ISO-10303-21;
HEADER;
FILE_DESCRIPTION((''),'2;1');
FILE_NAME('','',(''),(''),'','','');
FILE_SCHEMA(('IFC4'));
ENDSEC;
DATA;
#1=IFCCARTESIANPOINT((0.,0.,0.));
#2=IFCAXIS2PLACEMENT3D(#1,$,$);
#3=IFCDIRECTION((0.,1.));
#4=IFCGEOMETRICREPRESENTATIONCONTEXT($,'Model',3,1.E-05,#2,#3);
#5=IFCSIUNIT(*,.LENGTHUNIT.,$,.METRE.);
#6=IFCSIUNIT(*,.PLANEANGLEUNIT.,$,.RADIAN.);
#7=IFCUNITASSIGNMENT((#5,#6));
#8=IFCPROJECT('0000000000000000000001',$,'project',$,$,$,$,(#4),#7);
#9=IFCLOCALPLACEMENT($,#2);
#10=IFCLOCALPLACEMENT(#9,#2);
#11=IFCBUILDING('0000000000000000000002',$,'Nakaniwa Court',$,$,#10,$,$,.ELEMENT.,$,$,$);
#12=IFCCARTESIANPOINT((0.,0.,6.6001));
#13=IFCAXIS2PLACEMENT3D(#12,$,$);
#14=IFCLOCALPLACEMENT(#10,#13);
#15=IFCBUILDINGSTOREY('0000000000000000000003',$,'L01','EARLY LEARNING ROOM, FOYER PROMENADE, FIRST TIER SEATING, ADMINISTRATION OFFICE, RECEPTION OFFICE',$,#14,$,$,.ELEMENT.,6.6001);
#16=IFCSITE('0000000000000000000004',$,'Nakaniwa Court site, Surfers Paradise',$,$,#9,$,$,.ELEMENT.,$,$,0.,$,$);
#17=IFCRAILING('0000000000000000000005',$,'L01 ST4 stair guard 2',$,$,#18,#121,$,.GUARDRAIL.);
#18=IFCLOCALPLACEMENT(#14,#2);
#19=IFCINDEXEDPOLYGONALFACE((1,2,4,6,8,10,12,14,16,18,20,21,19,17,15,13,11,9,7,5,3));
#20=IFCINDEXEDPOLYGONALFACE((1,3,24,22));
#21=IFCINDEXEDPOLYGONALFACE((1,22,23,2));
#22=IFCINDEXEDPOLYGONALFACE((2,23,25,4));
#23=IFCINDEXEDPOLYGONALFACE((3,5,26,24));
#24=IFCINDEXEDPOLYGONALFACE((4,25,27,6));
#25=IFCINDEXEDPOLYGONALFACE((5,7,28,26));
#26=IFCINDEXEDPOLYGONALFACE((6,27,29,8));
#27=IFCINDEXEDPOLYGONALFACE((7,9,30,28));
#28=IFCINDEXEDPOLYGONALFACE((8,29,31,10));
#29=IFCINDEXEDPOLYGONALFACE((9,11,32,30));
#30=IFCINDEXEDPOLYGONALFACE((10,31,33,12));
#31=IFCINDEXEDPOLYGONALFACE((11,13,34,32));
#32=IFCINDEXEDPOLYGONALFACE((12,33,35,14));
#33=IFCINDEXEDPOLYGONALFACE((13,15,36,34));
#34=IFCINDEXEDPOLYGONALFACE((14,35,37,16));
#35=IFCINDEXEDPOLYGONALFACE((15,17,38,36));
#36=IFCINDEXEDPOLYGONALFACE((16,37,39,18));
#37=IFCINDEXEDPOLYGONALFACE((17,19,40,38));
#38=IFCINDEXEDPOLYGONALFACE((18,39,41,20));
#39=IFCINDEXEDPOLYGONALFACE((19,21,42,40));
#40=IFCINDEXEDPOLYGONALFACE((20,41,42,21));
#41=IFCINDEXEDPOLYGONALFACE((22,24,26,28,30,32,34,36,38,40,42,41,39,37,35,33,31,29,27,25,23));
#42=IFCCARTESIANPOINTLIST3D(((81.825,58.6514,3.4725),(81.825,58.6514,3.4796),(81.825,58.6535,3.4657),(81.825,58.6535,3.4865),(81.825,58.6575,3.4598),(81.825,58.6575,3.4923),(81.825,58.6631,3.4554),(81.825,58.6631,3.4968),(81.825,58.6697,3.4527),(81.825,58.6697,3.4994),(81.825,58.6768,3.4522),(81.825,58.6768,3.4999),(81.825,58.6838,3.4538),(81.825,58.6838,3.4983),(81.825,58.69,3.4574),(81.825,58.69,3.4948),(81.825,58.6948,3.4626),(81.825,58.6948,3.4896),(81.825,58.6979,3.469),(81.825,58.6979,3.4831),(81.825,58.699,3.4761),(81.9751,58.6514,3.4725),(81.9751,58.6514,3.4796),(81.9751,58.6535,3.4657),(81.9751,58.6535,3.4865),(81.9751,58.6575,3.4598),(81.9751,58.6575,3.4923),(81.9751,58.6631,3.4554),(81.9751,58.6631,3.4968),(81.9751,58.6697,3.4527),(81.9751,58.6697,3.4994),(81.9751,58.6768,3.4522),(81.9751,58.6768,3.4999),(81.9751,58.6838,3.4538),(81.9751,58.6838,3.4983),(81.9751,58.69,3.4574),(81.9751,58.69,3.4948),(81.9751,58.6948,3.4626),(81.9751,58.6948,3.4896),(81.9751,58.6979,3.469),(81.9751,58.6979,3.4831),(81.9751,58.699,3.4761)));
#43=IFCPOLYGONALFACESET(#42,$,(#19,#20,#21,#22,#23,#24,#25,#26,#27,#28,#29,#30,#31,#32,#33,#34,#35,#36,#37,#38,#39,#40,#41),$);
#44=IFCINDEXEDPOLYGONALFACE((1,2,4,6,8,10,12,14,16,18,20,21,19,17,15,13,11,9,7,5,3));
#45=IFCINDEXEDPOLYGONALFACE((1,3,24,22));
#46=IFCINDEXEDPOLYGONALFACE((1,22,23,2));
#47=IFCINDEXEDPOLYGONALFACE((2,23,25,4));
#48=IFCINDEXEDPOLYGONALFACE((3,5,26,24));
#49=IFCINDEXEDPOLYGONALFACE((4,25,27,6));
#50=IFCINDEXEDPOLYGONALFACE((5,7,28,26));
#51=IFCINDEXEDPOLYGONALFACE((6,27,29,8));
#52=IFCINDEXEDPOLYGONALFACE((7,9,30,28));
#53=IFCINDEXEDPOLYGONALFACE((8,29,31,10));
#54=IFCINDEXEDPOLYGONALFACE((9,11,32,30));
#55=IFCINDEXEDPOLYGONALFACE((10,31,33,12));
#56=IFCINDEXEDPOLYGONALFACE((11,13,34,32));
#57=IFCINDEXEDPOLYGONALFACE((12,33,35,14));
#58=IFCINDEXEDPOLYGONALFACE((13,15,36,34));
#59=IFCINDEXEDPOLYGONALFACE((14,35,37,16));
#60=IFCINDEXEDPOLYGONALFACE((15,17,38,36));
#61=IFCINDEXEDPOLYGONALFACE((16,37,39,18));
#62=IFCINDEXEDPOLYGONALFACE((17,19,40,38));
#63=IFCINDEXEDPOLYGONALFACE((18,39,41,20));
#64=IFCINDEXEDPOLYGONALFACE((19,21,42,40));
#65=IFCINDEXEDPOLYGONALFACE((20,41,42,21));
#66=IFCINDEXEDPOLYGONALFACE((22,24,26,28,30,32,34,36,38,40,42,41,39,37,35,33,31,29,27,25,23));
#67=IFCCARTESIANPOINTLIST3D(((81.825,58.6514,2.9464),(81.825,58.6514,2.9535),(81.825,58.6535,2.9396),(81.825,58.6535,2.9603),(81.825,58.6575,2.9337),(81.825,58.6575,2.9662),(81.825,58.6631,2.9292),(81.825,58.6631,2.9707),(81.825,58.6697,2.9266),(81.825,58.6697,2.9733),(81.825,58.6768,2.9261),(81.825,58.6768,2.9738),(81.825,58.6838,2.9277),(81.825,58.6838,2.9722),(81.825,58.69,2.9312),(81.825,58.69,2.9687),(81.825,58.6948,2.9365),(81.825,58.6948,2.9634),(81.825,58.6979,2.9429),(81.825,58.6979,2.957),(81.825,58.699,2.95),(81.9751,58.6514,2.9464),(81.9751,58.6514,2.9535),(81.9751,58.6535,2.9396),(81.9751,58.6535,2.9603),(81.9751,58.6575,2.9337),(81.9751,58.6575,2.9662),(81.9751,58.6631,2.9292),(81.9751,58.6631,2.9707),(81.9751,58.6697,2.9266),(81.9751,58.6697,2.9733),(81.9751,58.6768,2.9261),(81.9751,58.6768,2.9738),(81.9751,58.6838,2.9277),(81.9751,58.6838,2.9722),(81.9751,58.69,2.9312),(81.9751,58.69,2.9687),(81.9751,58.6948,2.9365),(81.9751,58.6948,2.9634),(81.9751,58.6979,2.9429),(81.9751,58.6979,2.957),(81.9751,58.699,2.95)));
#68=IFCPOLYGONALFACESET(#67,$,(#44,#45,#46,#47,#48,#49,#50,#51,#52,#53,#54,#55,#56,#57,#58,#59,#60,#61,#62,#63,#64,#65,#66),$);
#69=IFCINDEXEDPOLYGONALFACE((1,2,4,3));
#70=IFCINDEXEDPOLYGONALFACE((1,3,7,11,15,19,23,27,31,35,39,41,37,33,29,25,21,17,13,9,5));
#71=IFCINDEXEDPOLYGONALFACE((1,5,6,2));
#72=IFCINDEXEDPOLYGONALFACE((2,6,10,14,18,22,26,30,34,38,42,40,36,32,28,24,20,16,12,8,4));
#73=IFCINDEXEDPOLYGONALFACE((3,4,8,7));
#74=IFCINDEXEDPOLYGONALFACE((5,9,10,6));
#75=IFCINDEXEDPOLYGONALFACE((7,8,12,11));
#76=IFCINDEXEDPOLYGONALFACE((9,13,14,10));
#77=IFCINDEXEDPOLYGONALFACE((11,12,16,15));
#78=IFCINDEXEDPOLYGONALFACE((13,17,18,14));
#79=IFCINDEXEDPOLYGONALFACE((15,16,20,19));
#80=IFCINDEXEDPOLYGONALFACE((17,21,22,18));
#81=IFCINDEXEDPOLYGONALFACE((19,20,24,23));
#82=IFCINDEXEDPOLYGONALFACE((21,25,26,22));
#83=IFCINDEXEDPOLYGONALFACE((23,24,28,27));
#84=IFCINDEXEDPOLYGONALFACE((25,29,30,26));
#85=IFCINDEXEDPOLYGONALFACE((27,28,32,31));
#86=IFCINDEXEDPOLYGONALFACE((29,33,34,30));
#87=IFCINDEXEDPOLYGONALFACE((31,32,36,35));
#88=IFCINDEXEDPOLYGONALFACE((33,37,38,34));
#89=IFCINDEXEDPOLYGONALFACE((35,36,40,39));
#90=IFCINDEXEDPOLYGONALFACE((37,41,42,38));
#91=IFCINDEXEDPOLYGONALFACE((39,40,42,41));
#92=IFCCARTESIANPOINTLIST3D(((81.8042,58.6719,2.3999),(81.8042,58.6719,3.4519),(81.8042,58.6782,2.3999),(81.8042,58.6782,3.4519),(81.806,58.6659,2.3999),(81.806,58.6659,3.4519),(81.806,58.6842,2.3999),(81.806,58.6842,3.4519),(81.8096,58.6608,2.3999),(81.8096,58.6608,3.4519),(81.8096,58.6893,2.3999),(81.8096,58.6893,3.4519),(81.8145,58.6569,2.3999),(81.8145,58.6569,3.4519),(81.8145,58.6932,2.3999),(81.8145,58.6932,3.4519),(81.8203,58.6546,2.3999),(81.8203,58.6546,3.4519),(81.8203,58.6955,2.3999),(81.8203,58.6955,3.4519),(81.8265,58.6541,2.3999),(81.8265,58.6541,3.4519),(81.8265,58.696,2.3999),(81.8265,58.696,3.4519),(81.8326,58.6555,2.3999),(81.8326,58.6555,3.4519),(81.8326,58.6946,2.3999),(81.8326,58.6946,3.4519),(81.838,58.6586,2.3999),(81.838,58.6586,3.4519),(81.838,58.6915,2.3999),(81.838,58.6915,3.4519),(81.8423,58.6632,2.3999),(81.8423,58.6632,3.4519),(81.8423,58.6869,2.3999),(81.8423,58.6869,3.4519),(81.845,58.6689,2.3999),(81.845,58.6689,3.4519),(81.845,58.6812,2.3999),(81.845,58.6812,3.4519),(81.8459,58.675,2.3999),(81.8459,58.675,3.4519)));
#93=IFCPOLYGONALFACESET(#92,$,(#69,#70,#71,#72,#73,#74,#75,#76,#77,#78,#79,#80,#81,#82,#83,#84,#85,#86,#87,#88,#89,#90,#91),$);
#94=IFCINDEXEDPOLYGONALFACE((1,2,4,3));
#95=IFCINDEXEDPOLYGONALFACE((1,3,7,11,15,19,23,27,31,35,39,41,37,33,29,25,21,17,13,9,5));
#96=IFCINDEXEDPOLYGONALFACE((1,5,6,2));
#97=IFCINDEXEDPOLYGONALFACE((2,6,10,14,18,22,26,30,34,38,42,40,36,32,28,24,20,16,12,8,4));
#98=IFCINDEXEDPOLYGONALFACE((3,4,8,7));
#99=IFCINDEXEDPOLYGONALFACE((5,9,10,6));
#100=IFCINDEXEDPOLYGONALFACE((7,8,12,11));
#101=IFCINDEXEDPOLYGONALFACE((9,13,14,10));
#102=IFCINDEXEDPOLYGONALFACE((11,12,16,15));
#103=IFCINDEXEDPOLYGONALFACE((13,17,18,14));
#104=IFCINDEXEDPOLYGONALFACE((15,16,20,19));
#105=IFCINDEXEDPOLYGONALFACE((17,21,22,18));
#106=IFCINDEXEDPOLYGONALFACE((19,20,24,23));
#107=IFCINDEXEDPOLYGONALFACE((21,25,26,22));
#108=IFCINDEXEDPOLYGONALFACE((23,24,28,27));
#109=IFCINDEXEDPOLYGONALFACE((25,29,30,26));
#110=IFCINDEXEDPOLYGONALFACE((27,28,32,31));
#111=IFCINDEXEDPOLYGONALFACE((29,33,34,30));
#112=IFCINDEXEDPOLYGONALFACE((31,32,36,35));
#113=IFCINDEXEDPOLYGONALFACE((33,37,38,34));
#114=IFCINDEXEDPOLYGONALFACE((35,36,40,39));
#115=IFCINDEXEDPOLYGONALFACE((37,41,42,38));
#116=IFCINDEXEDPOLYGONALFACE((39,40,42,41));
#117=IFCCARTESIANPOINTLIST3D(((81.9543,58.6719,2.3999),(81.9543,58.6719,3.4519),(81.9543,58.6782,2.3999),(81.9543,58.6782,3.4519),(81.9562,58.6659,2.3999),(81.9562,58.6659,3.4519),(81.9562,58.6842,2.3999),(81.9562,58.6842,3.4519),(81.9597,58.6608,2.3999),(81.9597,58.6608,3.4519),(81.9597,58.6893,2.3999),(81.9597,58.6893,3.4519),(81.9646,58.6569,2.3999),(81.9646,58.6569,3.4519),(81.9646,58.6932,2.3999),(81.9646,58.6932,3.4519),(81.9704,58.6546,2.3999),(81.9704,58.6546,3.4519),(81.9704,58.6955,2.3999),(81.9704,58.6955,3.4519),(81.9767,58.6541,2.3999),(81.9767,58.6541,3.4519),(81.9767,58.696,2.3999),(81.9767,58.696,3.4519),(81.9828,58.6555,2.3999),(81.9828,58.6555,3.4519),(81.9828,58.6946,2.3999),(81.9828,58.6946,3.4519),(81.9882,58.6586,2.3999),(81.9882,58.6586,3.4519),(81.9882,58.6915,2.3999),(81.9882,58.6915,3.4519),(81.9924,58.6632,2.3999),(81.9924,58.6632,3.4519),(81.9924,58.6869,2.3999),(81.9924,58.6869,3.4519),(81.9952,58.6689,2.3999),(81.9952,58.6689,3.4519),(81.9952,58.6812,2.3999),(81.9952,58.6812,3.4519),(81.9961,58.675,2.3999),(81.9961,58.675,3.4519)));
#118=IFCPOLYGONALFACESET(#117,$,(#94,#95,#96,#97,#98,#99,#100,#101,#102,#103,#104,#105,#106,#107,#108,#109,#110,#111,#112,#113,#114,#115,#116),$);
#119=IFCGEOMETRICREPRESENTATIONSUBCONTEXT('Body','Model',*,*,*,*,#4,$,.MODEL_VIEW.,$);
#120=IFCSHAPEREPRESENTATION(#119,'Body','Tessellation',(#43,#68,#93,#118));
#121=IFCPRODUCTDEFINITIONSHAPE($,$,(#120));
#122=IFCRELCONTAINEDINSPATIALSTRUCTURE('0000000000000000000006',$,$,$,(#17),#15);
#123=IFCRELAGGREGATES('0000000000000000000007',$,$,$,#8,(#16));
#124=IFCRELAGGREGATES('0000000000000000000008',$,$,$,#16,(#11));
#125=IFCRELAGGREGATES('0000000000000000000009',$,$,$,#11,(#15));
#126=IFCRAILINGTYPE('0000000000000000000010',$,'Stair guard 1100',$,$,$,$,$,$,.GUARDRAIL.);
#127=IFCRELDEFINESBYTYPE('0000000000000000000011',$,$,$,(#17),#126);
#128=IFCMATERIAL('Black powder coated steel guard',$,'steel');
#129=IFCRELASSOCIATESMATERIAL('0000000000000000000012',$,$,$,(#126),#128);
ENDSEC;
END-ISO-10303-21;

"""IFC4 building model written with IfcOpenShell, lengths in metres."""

from ifc_helpers import new_model, si_unit, direction, frame, origin, origin_2d, place, context, subcontext, project, spatial, circle, extrude, material, type_object, element, save


model = new_model("IFC4")

# Units and contexts
model_context = context("Model", 3, precision=1e-05, world=origin(), true_north=direction((0.0, 1.0)))
body_context = subcontext(model_context, "Body", "Model", "MODEL_VIEW")
ifc_project = project(units=[si_unit("LENGTHUNIT", "METRE"), si_unit("PLANEANGLEUNIT", "RADIAN")], contexts=[model_context])

# Site, building, storey
site_placement = place(None, origin())
site = spatial("IfcSite", under=ifc_project, at=site_placement, Name="Nakaniwa Court site, Surfers Paradise", CompositionType="ELEMENT", RefElevation=0.0)
building_placement = place(site_placement, origin())
building = spatial("IfcBuilding", under=site, at=building_placement, Name="Nakaniwa Court", CompositionType="ELEMENT")
storey_placement = place(building_placement, frame((0.0, 0.0, 6.6001)))
storey = spatial("IfcBuildingStorey", under=building, at=storey_placement, Name="L01", Description="EARLY LEARNING ROOM, FOYER PROMENADE, FIRST TIER SEATING, ADMINISTRATION OFFICE, RECEPTION OFFICE", CompositionType="ELEMENT", Elevation=6.6001)

# Railing
ifc_material_1 = material(Name="Black powder coated steel guard", Category="steel")
railing_type_1 = type_object("IfcRailingType", Name="Stair guard 1100", PredefinedType="GUARDRAIL", material=ifc_material_1)
railing_1_placement = place(storey_placement, frame((81.825, 58.675, 2.3999)))
element("IfcRailing", 1, at=railing_1_placement, inside=storey, type_object=railing_type_1, Name="L01 ST4 stair guard 2", PredefinedType="GUARDRAIL", context=body_context, shape_type="SweptSolid", body=[
    extrude(circle(Radius=0.0239, at=origin_2d()), frame((0.0, 0.0, 1.0762), z_axis=(1.0, 0.0, 0.0), x_axis=(0.0, 1.0, 0.0)), (0.0, 0.0, 1.0), 0.1501),
    extrude(circle(Radius=0.0239, at=origin_2d()), frame((0.0, 0.0, 0.55), z_axis=(1.0, 0.0, 0.0), x_axis=(0.0, 1.0, 0.0)), (0.0, 0.0, 1.0), 0.1501),
    extrude(circle(Radius=0.021, at=origin_2d()), origin(), (0.0, 0.0, 1.0), 1.052),
    extrude(circle(Radius=0.021, at=origin_2d()), frame((0.1501, 0.0, 0.0)), (0.0, 0.0, 1.0), 1.052),
])

save(model, "model.ifc")
